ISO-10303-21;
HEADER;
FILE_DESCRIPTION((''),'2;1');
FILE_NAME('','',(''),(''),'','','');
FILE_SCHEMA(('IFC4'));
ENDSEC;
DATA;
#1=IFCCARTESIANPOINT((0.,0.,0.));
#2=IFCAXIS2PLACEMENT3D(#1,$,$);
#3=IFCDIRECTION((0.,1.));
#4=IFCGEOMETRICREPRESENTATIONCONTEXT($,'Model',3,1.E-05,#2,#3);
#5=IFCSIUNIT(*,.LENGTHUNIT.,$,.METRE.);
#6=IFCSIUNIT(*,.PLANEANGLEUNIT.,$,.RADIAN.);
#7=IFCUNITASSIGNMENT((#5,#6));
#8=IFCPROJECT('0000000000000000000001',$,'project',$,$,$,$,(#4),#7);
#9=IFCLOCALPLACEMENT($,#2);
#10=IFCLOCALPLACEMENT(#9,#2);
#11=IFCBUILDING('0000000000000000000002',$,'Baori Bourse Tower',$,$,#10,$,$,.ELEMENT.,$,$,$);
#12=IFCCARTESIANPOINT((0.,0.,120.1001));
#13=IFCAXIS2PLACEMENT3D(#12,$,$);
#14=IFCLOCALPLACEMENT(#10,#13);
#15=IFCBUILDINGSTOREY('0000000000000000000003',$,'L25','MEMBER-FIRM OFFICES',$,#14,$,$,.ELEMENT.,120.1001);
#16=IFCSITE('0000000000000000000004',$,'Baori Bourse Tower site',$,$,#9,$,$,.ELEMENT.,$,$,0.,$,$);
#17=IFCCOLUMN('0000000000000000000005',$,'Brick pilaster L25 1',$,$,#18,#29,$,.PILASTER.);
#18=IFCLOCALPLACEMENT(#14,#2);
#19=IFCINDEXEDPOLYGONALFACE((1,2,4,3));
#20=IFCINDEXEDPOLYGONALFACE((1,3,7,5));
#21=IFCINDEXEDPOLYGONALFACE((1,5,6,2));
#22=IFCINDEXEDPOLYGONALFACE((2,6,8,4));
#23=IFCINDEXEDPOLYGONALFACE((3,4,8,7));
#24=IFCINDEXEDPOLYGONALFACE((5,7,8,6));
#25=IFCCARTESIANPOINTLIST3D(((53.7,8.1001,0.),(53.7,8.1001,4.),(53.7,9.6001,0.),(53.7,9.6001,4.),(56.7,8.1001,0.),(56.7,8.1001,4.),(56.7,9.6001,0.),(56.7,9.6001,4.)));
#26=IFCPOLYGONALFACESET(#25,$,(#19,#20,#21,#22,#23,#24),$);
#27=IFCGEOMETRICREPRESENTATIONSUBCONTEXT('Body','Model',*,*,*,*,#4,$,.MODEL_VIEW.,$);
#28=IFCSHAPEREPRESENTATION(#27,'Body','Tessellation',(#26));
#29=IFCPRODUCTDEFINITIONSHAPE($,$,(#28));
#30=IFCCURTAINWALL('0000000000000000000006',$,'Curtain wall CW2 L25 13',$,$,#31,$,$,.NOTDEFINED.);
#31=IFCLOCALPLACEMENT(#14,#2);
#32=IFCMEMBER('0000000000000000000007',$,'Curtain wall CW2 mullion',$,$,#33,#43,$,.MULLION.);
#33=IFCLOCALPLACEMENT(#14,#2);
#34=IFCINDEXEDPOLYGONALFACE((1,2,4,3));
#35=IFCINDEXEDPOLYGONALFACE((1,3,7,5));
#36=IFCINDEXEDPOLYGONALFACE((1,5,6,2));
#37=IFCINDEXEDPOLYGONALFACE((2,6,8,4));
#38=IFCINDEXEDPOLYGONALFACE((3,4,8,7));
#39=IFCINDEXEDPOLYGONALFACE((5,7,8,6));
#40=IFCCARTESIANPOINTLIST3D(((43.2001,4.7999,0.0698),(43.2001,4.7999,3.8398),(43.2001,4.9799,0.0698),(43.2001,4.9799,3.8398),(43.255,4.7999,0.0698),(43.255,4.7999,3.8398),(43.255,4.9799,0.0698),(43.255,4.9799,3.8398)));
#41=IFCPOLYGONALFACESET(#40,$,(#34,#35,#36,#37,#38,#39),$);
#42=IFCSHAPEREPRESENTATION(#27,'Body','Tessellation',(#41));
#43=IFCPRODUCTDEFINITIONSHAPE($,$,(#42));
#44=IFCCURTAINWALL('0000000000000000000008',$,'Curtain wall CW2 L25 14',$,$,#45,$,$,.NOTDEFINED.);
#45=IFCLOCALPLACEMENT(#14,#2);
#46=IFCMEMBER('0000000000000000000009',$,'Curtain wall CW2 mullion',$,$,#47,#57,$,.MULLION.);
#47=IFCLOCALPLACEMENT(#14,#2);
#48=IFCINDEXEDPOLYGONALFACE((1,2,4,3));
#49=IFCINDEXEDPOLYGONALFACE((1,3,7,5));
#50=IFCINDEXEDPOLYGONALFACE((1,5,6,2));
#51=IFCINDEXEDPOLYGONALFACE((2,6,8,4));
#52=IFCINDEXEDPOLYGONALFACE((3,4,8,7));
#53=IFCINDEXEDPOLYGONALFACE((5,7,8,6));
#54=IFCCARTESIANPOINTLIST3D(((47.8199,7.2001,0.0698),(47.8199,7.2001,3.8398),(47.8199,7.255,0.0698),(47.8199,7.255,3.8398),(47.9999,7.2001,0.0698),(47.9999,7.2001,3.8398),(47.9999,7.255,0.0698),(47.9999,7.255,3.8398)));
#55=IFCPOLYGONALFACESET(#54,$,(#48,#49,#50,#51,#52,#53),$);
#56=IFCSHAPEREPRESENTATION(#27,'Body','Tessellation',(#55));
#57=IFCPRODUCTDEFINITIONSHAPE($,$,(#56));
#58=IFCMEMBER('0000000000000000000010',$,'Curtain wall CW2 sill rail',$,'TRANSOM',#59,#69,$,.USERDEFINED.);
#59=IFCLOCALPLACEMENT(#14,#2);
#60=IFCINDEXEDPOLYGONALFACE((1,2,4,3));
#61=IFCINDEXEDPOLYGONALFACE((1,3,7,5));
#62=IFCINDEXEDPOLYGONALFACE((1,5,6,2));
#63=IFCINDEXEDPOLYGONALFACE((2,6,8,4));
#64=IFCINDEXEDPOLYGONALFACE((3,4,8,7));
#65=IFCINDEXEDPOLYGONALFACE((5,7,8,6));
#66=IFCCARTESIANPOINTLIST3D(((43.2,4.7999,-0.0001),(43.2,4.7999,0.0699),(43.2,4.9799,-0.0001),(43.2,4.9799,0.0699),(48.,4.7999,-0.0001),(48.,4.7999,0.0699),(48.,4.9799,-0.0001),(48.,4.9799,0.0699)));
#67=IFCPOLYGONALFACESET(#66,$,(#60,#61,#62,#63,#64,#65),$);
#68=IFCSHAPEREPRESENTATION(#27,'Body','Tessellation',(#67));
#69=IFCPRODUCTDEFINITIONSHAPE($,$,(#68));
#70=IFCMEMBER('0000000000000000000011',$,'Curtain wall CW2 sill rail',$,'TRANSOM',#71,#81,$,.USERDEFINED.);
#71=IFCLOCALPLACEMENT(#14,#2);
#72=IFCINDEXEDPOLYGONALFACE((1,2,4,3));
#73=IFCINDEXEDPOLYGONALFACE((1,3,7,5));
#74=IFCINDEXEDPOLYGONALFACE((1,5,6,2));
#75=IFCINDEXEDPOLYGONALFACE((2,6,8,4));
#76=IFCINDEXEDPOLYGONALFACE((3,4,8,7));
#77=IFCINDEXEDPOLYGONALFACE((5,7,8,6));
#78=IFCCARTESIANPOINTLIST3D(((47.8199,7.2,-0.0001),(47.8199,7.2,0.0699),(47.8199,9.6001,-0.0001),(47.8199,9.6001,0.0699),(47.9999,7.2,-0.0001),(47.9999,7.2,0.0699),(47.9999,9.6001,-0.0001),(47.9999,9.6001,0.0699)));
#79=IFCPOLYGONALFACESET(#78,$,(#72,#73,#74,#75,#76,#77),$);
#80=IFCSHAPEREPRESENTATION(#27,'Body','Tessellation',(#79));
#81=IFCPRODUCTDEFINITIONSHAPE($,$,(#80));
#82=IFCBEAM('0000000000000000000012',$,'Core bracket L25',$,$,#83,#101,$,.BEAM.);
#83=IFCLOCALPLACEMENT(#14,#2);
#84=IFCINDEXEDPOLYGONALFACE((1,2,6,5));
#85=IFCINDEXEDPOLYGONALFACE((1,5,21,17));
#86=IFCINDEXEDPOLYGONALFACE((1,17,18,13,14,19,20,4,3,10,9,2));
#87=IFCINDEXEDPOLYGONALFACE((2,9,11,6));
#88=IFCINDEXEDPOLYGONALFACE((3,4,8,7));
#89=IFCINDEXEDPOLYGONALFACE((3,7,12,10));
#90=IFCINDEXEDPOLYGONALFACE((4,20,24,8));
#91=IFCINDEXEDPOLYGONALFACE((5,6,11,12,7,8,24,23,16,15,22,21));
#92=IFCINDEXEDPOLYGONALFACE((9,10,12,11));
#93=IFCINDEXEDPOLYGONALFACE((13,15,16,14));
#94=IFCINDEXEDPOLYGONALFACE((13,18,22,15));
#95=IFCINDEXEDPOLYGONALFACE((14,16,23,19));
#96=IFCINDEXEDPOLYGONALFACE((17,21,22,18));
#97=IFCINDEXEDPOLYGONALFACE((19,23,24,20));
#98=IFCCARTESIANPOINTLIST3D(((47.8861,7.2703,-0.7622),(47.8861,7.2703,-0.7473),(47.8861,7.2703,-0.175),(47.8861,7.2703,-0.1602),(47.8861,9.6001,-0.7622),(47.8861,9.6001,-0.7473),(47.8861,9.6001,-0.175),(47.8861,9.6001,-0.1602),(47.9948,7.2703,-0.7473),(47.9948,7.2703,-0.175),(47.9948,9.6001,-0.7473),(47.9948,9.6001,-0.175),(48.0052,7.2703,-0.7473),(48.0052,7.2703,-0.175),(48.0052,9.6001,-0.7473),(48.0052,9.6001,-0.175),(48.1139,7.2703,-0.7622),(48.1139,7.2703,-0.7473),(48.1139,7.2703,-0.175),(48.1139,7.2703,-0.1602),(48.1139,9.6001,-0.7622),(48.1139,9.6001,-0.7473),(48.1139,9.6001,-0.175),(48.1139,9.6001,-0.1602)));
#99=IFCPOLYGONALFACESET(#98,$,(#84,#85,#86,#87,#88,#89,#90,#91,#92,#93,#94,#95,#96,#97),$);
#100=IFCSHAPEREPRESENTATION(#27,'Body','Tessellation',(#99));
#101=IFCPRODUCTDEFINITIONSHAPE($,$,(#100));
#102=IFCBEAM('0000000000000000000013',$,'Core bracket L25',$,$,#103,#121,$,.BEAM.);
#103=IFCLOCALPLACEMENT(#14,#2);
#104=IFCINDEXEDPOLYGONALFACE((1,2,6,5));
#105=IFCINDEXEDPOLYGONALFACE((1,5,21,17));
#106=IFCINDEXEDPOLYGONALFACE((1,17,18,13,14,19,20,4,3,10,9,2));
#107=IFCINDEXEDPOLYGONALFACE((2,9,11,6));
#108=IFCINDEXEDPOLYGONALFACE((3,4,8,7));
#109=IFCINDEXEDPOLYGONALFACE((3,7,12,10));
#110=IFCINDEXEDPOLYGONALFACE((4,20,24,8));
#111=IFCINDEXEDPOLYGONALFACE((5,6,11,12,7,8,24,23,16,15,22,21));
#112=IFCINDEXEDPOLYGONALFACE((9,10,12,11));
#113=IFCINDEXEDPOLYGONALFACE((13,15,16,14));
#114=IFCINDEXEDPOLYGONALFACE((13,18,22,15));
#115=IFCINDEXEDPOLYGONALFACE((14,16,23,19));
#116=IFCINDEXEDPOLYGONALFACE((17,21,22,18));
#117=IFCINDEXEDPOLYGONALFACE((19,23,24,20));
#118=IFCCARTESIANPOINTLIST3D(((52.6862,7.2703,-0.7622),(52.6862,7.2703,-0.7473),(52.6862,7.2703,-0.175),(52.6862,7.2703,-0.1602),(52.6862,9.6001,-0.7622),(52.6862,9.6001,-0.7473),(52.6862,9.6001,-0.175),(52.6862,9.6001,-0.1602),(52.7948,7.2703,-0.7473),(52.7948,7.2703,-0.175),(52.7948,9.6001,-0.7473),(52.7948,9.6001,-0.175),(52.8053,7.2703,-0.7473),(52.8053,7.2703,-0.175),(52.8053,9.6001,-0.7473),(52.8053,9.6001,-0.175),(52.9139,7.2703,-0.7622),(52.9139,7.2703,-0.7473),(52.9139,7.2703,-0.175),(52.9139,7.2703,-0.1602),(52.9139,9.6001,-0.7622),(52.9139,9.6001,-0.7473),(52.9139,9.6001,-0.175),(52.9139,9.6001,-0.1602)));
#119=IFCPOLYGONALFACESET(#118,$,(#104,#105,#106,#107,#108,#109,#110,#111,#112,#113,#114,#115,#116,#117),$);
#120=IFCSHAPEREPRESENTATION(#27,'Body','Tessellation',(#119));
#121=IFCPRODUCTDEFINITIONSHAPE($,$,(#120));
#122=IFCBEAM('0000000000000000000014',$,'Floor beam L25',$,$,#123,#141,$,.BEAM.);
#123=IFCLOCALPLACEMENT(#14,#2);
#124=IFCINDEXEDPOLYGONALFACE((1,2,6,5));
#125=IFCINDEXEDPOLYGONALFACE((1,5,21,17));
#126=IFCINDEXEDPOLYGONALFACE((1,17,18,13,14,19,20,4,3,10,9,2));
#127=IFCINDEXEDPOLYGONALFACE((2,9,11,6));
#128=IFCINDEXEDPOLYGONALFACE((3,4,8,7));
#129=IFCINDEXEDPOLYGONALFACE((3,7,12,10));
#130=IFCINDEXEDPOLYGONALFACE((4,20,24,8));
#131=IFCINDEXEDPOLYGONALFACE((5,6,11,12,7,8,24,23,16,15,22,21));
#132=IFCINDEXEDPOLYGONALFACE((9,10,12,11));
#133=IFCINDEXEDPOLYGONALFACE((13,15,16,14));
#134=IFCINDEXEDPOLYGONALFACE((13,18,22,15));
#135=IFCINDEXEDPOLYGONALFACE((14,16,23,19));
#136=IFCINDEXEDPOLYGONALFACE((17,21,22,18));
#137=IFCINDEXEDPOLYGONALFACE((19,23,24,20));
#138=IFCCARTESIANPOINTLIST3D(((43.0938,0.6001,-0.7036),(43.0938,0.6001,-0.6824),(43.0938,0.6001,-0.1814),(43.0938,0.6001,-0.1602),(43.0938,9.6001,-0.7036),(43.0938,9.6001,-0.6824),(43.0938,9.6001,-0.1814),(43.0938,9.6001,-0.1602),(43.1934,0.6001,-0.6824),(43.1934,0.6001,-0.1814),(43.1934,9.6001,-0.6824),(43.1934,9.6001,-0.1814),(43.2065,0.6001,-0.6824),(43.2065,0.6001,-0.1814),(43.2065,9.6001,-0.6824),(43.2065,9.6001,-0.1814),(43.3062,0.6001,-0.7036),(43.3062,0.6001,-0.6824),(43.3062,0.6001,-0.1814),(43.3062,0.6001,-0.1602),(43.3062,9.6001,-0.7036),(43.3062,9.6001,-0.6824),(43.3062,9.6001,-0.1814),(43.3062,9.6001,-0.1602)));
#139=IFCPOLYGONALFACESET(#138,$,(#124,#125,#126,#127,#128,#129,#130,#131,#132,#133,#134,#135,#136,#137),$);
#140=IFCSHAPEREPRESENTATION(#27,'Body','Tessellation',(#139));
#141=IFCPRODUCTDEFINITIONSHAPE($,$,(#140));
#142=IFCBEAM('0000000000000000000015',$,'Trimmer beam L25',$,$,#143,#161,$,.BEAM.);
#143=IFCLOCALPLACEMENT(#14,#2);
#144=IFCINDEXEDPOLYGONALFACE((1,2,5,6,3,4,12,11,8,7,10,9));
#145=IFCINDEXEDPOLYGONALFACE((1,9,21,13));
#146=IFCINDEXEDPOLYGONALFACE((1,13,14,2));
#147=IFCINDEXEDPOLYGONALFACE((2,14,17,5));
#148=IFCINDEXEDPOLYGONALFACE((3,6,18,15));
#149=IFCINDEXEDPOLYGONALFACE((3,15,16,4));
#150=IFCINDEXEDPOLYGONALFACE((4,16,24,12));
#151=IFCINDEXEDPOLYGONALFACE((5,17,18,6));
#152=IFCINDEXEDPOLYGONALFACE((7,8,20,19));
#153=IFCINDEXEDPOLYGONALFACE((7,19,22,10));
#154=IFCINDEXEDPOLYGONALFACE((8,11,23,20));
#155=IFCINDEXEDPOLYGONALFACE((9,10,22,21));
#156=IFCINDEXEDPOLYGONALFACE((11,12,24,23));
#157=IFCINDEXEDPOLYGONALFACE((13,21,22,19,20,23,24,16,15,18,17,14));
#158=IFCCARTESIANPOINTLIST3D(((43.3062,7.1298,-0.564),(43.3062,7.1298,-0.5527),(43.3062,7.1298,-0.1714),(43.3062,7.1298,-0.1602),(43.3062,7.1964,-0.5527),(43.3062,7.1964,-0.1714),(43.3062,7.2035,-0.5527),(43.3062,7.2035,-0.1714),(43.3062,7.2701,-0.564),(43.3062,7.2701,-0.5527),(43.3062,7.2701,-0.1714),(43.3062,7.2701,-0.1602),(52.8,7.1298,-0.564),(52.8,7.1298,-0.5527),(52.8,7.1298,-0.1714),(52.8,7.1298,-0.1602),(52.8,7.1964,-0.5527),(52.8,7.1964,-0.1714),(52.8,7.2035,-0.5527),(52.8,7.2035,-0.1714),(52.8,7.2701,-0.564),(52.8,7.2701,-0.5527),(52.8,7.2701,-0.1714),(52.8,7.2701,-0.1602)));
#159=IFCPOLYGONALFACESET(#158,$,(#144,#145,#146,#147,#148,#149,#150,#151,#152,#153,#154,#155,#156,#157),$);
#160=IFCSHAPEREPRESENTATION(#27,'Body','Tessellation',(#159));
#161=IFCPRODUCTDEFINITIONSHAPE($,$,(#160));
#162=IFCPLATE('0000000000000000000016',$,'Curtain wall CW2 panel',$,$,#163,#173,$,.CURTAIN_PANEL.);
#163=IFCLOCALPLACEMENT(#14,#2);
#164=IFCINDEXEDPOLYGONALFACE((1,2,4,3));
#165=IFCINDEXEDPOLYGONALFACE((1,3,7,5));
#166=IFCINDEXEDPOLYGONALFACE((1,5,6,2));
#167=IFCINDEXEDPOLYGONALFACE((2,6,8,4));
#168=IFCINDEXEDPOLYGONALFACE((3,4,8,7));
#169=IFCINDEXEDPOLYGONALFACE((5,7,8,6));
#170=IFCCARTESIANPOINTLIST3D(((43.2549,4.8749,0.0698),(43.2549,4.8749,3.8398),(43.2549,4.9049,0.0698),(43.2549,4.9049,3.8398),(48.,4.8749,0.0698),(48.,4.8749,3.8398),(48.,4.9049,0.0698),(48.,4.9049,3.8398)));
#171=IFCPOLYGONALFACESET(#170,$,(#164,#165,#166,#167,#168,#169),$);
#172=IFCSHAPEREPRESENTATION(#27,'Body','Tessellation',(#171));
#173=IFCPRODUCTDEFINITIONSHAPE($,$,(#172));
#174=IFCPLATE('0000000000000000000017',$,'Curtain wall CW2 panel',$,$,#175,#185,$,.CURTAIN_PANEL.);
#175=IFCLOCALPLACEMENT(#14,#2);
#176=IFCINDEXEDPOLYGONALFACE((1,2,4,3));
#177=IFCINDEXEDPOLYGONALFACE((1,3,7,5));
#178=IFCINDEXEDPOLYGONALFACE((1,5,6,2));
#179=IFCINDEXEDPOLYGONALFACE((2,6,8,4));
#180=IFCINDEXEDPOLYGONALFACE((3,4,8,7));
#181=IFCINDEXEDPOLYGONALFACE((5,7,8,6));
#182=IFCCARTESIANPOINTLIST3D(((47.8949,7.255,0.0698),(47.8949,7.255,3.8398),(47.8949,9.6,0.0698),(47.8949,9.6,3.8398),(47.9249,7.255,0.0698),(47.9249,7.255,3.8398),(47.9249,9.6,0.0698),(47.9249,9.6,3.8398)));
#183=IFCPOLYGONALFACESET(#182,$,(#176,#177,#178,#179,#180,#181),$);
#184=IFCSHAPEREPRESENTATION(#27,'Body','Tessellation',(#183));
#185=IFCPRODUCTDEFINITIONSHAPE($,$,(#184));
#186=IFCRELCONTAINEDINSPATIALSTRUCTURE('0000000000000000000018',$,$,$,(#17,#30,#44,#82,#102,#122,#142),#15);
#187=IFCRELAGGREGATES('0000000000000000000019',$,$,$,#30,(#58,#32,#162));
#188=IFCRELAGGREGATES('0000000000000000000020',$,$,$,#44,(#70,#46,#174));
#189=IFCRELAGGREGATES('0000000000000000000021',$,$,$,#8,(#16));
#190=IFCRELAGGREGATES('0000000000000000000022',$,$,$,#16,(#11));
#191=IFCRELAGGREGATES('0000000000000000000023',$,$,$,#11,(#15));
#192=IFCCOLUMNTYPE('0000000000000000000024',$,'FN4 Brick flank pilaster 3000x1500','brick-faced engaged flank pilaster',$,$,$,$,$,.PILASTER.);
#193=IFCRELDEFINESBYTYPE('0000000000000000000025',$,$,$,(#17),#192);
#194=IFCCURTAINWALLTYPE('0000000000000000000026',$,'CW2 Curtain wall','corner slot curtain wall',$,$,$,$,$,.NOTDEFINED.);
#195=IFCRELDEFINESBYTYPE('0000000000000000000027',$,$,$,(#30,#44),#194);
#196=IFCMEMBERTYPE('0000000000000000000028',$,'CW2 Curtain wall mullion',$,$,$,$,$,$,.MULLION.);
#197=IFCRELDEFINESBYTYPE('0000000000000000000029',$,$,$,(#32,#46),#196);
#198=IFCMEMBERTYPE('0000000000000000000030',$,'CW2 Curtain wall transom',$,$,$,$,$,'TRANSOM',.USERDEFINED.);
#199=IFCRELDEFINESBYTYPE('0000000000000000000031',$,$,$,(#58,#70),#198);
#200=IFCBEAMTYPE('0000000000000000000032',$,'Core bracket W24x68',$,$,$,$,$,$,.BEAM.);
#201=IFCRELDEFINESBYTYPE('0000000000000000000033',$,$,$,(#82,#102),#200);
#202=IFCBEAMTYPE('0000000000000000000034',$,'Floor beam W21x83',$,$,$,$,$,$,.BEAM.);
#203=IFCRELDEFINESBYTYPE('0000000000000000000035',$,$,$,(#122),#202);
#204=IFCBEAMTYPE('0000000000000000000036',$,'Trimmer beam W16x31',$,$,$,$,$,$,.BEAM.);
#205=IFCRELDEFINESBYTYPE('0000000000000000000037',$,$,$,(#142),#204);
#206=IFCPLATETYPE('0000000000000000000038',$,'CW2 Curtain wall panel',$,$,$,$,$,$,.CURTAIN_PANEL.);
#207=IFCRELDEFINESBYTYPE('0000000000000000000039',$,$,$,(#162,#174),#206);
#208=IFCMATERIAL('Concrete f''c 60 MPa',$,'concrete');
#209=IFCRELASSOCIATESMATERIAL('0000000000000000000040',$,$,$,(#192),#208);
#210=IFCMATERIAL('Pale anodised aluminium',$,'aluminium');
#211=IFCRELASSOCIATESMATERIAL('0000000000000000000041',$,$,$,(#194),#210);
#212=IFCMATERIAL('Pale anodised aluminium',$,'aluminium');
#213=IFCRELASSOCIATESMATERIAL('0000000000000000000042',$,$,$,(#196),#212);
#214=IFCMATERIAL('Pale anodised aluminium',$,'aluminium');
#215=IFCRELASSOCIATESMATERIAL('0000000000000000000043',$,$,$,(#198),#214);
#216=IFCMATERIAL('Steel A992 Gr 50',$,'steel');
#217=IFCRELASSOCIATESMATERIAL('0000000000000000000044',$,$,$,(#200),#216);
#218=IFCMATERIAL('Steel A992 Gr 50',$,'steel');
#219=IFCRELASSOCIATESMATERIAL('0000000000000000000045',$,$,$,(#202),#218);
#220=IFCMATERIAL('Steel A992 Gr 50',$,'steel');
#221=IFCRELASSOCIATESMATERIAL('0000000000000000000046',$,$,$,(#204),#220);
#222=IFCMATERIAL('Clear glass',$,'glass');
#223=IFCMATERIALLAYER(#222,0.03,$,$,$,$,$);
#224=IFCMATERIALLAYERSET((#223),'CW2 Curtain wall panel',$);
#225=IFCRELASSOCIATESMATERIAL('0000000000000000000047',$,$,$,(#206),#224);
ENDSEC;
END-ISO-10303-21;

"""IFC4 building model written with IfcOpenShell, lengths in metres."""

from ifc_helpers import new_model, si_unit, direction, frame, origin, origin_2d, place, context, subcontext, project, spatial, rectangle, i_section, extrude, material, layer, layer_set, material_profile, profile_set, type_object, element, aggregate, save


model = new_model("IFC4")

# Units and contexts
model_context = context("Model", 3, precision=1e-05, world=origin(), true_north=direction((0.0, 1.0)))
body_context = subcontext(model_context, "Body", "Model", "MODEL_VIEW")
ifc_project = project(units=[si_unit("LENGTHUNIT", "METRE"), si_unit("PLANEANGLEUNIT", "RADIAN")], contexts=[model_context])

# Site, building, storey
site_placement = place(None, origin())
site = spatial("IfcSite", under=ifc_project, at=site_placement, Name="Baori Bourse Tower site", CompositionType="ELEMENT", RefElevation=0.0)
building_placement = place(site_placement, origin())
building = spatial("IfcBuilding", under=site, at=building_placement, Name="Baori Bourse Tower", CompositionType="ELEMENT")
storey_placement = place(building_placement, frame((0.0, 0.0, 120.1001)))
storey = spatial("IfcBuildingStorey", under=building, at=storey_placement, Name="L25", Description="MEMBER-FIRM OFFICES", CompositionType="ELEMENT", Elevation=120.1001)

# Column
ifc_material_1 = material(Name="Concrete f'c 60 MPa", Category="concrete")
ifc_material_profile_1 = material_profile(ifc_material_1, rectangle(XDim=3.0, YDim=1.5, at=origin_2d()), Name="RC 3000x1500")
ifc_profile_set_1 = profile_set([ifc_material_profile_1], Name="Concrete f'c 60 MPa")
column_type = type_object("IfcColumnType", Name="FN4 Brick flank pilaster 3000x1500", Description="brick-faced engaged flank pilaster", PredefinedType="PILASTER", material=ifc_profile_set_1)
column_placement = place(storey_placement, frame((55.2, 8.8501, 0.0), z_axis=(0.0, 0.0, 1.0), x_axis=(1.0, 0.0, 0.0)))
element("IfcColumn", 1, at=column_placement, inside=storey, type_object=column_type, Name="Brick pilaster L25 1", PredefinedType="PILASTER", context=body_context, shape_type="SweptSolid", body=[
    extrude(rectangle(XDim=3.0, YDim=1.5, at=origin_2d()), origin(), (0.0, 0.0, 1.0), 4.0),
])

# Curtain walls, members
ifc_material_2 = material(Name="Pale anodised aluminium", Category="aluminium")
curtain_wall_type = type_object("IfcCurtainWallType", Name="CW2 Curtain wall", Description="corner slot curtain wall", PredefinedType="NOTDEFINED", material=ifc_material_2)
curtain_wall_1_placement = place(storey_placement, origin())
curtain_wall_1 = element("IfcCurtainWall", 2, at=curtain_wall_1_placement, inside=storey, type_object=curtain_wall_type, Name="Curtain wall CW2 L25 13", PredefinedType="NOTDEFINED")
ifc_material_3 = material(Name="Pale anodised aluminium", Category="aluminium")
ifc_material_profile_2 = material_profile(ifc_material_3, rectangle(XDim=0.1799, YDim=0.0549, at=origin_2d()), Name="Mullion 55x180")
ifc_profile_set_2 = profile_set([ifc_material_profile_2], Name="Pale anodised aluminium")
member_type_1 = type_object("IfcMemberType", Name="CW2 Curtain wall mullion", PredefinedType="MULLION", material=ifc_profile_set_2)
member_1_placement = place(storey_placement, frame((43.2275, 4.8899, 0.0698), z_axis=(0.0, 0.0, 1.0), x_axis=(0.0, 1.0, 0.0)))
member_1 = element("IfcMember", 3, at=member_1_placement, type_object=member_type_1, Name="Curtain wall CW2 mullion", PredefinedType="MULLION", context=body_context, shape_type="SweptSolid", body=[
    extrude(rectangle(XDim=0.1799, YDim=0.0549, at=origin_2d()), origin(), (0.0, 0.0, 1.0), 3.77),
])
curtain_wall_2_placement = place(storey_placement, origin())
curtain_wall_2 = element("IfcCurtainWall", 4, at=curtain_wall_2_placement, inside=storey, type_object=curtain_wall_type, Name="Curtain wall CW2 L25 14", PredefinedType="NOTDEFINED")
member_2_placement = place(storey_placement, frame((47.9099, 7.2275, 0.0698), z_axis=(0.0, 0.0, 1.0), x_axis=(-1.0, 0.0, 0.0)))
member_2 = element("IfcMember", 5, at=member_2_placement, type_object=member_type_1, Name="Curtain wall CW2 mullion", PredefinedType="MULLION", context=body_context, shape_type="SweptSolid", body=[
    extrude(rectangle(XDim=0.1799, YDim=0.0549, at=origin_2d()), origin(), (0.0, 0.0, 1.0), 3.77),
])

# Members
ifc_material_4 = material(Name="Pale anodised aluminium", Category="aluminium")
ifc_material_profile_3 = material_profile(ifc_material_4, rectangle(XDim=0.1799, YDim=0.0701, at=origin_2d()), Name="Transom 70x180")
ifc_profile_set_3 = profile_set([ifc_material_profile_3], Name="Pale anodised aluminium")
member_type_2 = type_object("IfcMemberType", Name="CW2 Curtain wall transom", ElementType="TRANSOM", PredefinedType="USERDEFINED", material=ifc_profile_set_3)
member_3_placement = place(storey_placement, frame((43.2, 4.8899, 0.0349), z_axis=(1.0, 0.0, 0.0), x_axis=(0.0, 1.0, 0.0)))
member_3 = element("IfcMember", 6, at=member_3_placement, type_object=member_type_2, Name="Curtain wall CW2 sill rail", ObjectType="TRANSOM", PredefinedType="USERDEFINED", context=body_context, shape_type="SweptSolid", body=[
    extrude(rectangle(XDim=0.1799, YDim=0.0701, at=origin_2d()), origin(), (0.0, 0.0, 1.0), 4.8),
])
member_4_placement = place(storey_placement, frame((47.9099, 7.2, 0.0349), z_axis=(0.0, 1.0, 0.0), x_axis=(-1.0, 0.0, 0.0)))
member_4 = element("IfcMember", 7, at=member_4_placement, type_object=member_type_2, Name="Curtain wall CW2 sill rail", ObjectType="TRANSOM", PredefinedType="USERDEFINED", context=body_context, shape_type="SweptSolid", body=[
    extrude(rectangle(XDim=0.1799, YDim=0.0701, at=origin_2d()), origin(), (0.0, 0.0, 1.0), 2.4001),
])

# Beams
ifc_material_5 = material(Name="Steel A992 Gr 50", Category="steel")
ifc_material_profile_4 = material_profile(ifc_material_5, i_section(OverallWidth=0.2278, OverallDepth=0.6021, WebThickness=0.0105, FlangeThickness=0.0149, at=origin_2d()), Name="W24x68")
ifc_profile_set_4 = profile_set([ifc_material_profile_4], Name="Steel A992 Gr 50")
beam_type_1 = type_object("IfcBeamType", Name="Core bracket W24x68", PredefinedType="BEAM", material=ifc_profile_set_4)
for number, where, z_axis, x_axis, name in (
    (8, (48.0, 7.2703, -0.4612), (0.0, 1.0, 0.0), (-1.0, 0.0, 0.0), "Core bracket L25"),
    (9, (52.8, 7.2703, -0.4612), (0.0, 1.0, 0.0), (-1.0, 0.0, 0.0), "Core bracket L25"),
):
    element("IfcBeam", number, at=place(storey_placement, frame(where, z_axis=z_axis, x_axis=x_axis)), inside=storey, type_object=beam_type_1, Name=name, PredefinedType="BEAM", context=body_context, shape_type="SweptSolid", body=[
        extrude(i_section(OverallWidth=0.2278, OverallDepth=0.6021, WebThickness=0.0105, FlangeThickness=0.0149, at=origin_2d()), origin(), (0.0, 0.0, 1.0), 2.3298),
    ])
ifc_material_6 = material(Name="Steel A992 Gr 50", Category="steel")
ifc_material_profile_5 = material_profile(ifc_material_6, i_section(OverallWidth=0.2124, OverallDepth=0.5435, WebThickness=0.0132, FlangeThickness=0.0212, at=origin_2d()), Name="W21x83")
ifc_profile_set_5 = profile_set([ifc_material_profile_5], Name="Steel A992 Gr 50")
beam_type_2 = type_object("IfcBeamType", Name="Floor beam W21x83", PredefinedType="BEAM", material=ifc_profile_set_5)
beam_1_placement = place(storey_placement, frame((43.2, 0.6001, -0.4319), z_axis=(0.0, 1.0, 0.0), x_axis=(-1.0, 0.0, 0.0)))
element("IfcBeam", 10, at=beam_1_placement, inside=storey, type_object=beam_type_2, Name="Floor beam L25", PredefinedType="BEAM", context=body_context, shape_type="SweptSolid", body=[
    extrude(i_section(OverallWidth=0.2124, OverallDepth=0.5435, WebThickness=0.0132, FlangeThickness=0.0212, at=origin_2d()), origin(), (0.0, 0.0, 1.0), 9.0),
])
ifc_material_7 = material(Name="Steel A992 Gr 50", Category="steel")
ifc_material_profile_6 = material_profile(ifc_material_7, i_section(OverallWidth=0.1404, OverallDepth=0.4038, WebThickness=0.0071, FlangeThickness=0.0112, at=origin_2d()), Name="W16x31")
ifc_profile_set_6 = profile_set([ifc_material_profile_6], Name="Steel A992 Gr 50")
beam_type_3 = type_object("IfcBeamType", Name="Trimmer beam W16x31", PredefinedType="BEAM", material=ifc_profile_set_6)
beam_2_placement = place(storey_placement, frame((43.3062, 7.2, -0.3621), z_axis=(1.0, 0.0, 0.0), x_axis=(0.0, 1.0, 0.0)))
element("IfcBeam", 11, at=beam_2_placement, inside=storey, type_object=beam_type_3, Name="Trimmer beam L25", PredefinedType="BEAM", context=body_context, shape_type="SweptSolid", body=[
    extrude(i_section(OverallWidth=0.1404, OverallDepth=0.4038, WebThickness=0.0071, FlangeThickness=0.0112, at=origin_2d()), origin(), (0.0, 0.0, 1.0), 9.4939),
])

# Plates
ifc_material_8 = material(Name="Clear glass", Category="glass")
ifc_layer_1 = layer(ifc_material_8, 0.03)
ifc_layer_set_1 = layer_set([ifc_layer_1], Name="CW2 Curtain wall panel")
plate_type = type_object("IfcPlateType", Name="CW2 Curtain wall panel", PredefinedType="CURTAIN_PANEL", material=ifc_layer_set_1)
plate_1_placement = place(storey_placement, frame((45.6274, 4.8899, 0.0698), z_axis=(0.0, 0.0, 1.0), x_axis=(1.0, 0.0, 0.0)))
plate_1 = element("IfcPlate", 12, at=plate_1_placement, type_object=plate_type, Name="Curtain wall CW2 panel", PredefinedType="CURTAIN_PANEL", context=body_context, shape_type="SweptSolid", body=[
    extrude(rectangle(XDim=4.7451, YDim=0.03, at=origin_2d()), origin(), (0.0, 0.0, 1.0), 3.77),
])
aggregate(curtain_wall_1, [member_3, member_1, plate_1])
plate_2_placement = place(storey_placement, frame((47.9099, 8.4275, 0.0698), z_axis=(0.0, 0.0, 1.0), x_axis=(0.0, 1.0, 0.0)))
plate_2 = element("IfcPlate", 13, at=plate_2_placement, type_object=plate_type, Name="Curtain wall CW2 panel", PredefinedType="CURTAIN_PANEL", context=body_context, shape_type="SweptSolid", body=[
    extrude(rectangle(XDim=2.345, YDim=0.03, at=origin_2d()), origin(), (0.0, 0.0, 1.0), 3.77),
])
aggregate(curtain_wall_2, [member_4, member_2, plate_2])

save(model, "model.ifc")
